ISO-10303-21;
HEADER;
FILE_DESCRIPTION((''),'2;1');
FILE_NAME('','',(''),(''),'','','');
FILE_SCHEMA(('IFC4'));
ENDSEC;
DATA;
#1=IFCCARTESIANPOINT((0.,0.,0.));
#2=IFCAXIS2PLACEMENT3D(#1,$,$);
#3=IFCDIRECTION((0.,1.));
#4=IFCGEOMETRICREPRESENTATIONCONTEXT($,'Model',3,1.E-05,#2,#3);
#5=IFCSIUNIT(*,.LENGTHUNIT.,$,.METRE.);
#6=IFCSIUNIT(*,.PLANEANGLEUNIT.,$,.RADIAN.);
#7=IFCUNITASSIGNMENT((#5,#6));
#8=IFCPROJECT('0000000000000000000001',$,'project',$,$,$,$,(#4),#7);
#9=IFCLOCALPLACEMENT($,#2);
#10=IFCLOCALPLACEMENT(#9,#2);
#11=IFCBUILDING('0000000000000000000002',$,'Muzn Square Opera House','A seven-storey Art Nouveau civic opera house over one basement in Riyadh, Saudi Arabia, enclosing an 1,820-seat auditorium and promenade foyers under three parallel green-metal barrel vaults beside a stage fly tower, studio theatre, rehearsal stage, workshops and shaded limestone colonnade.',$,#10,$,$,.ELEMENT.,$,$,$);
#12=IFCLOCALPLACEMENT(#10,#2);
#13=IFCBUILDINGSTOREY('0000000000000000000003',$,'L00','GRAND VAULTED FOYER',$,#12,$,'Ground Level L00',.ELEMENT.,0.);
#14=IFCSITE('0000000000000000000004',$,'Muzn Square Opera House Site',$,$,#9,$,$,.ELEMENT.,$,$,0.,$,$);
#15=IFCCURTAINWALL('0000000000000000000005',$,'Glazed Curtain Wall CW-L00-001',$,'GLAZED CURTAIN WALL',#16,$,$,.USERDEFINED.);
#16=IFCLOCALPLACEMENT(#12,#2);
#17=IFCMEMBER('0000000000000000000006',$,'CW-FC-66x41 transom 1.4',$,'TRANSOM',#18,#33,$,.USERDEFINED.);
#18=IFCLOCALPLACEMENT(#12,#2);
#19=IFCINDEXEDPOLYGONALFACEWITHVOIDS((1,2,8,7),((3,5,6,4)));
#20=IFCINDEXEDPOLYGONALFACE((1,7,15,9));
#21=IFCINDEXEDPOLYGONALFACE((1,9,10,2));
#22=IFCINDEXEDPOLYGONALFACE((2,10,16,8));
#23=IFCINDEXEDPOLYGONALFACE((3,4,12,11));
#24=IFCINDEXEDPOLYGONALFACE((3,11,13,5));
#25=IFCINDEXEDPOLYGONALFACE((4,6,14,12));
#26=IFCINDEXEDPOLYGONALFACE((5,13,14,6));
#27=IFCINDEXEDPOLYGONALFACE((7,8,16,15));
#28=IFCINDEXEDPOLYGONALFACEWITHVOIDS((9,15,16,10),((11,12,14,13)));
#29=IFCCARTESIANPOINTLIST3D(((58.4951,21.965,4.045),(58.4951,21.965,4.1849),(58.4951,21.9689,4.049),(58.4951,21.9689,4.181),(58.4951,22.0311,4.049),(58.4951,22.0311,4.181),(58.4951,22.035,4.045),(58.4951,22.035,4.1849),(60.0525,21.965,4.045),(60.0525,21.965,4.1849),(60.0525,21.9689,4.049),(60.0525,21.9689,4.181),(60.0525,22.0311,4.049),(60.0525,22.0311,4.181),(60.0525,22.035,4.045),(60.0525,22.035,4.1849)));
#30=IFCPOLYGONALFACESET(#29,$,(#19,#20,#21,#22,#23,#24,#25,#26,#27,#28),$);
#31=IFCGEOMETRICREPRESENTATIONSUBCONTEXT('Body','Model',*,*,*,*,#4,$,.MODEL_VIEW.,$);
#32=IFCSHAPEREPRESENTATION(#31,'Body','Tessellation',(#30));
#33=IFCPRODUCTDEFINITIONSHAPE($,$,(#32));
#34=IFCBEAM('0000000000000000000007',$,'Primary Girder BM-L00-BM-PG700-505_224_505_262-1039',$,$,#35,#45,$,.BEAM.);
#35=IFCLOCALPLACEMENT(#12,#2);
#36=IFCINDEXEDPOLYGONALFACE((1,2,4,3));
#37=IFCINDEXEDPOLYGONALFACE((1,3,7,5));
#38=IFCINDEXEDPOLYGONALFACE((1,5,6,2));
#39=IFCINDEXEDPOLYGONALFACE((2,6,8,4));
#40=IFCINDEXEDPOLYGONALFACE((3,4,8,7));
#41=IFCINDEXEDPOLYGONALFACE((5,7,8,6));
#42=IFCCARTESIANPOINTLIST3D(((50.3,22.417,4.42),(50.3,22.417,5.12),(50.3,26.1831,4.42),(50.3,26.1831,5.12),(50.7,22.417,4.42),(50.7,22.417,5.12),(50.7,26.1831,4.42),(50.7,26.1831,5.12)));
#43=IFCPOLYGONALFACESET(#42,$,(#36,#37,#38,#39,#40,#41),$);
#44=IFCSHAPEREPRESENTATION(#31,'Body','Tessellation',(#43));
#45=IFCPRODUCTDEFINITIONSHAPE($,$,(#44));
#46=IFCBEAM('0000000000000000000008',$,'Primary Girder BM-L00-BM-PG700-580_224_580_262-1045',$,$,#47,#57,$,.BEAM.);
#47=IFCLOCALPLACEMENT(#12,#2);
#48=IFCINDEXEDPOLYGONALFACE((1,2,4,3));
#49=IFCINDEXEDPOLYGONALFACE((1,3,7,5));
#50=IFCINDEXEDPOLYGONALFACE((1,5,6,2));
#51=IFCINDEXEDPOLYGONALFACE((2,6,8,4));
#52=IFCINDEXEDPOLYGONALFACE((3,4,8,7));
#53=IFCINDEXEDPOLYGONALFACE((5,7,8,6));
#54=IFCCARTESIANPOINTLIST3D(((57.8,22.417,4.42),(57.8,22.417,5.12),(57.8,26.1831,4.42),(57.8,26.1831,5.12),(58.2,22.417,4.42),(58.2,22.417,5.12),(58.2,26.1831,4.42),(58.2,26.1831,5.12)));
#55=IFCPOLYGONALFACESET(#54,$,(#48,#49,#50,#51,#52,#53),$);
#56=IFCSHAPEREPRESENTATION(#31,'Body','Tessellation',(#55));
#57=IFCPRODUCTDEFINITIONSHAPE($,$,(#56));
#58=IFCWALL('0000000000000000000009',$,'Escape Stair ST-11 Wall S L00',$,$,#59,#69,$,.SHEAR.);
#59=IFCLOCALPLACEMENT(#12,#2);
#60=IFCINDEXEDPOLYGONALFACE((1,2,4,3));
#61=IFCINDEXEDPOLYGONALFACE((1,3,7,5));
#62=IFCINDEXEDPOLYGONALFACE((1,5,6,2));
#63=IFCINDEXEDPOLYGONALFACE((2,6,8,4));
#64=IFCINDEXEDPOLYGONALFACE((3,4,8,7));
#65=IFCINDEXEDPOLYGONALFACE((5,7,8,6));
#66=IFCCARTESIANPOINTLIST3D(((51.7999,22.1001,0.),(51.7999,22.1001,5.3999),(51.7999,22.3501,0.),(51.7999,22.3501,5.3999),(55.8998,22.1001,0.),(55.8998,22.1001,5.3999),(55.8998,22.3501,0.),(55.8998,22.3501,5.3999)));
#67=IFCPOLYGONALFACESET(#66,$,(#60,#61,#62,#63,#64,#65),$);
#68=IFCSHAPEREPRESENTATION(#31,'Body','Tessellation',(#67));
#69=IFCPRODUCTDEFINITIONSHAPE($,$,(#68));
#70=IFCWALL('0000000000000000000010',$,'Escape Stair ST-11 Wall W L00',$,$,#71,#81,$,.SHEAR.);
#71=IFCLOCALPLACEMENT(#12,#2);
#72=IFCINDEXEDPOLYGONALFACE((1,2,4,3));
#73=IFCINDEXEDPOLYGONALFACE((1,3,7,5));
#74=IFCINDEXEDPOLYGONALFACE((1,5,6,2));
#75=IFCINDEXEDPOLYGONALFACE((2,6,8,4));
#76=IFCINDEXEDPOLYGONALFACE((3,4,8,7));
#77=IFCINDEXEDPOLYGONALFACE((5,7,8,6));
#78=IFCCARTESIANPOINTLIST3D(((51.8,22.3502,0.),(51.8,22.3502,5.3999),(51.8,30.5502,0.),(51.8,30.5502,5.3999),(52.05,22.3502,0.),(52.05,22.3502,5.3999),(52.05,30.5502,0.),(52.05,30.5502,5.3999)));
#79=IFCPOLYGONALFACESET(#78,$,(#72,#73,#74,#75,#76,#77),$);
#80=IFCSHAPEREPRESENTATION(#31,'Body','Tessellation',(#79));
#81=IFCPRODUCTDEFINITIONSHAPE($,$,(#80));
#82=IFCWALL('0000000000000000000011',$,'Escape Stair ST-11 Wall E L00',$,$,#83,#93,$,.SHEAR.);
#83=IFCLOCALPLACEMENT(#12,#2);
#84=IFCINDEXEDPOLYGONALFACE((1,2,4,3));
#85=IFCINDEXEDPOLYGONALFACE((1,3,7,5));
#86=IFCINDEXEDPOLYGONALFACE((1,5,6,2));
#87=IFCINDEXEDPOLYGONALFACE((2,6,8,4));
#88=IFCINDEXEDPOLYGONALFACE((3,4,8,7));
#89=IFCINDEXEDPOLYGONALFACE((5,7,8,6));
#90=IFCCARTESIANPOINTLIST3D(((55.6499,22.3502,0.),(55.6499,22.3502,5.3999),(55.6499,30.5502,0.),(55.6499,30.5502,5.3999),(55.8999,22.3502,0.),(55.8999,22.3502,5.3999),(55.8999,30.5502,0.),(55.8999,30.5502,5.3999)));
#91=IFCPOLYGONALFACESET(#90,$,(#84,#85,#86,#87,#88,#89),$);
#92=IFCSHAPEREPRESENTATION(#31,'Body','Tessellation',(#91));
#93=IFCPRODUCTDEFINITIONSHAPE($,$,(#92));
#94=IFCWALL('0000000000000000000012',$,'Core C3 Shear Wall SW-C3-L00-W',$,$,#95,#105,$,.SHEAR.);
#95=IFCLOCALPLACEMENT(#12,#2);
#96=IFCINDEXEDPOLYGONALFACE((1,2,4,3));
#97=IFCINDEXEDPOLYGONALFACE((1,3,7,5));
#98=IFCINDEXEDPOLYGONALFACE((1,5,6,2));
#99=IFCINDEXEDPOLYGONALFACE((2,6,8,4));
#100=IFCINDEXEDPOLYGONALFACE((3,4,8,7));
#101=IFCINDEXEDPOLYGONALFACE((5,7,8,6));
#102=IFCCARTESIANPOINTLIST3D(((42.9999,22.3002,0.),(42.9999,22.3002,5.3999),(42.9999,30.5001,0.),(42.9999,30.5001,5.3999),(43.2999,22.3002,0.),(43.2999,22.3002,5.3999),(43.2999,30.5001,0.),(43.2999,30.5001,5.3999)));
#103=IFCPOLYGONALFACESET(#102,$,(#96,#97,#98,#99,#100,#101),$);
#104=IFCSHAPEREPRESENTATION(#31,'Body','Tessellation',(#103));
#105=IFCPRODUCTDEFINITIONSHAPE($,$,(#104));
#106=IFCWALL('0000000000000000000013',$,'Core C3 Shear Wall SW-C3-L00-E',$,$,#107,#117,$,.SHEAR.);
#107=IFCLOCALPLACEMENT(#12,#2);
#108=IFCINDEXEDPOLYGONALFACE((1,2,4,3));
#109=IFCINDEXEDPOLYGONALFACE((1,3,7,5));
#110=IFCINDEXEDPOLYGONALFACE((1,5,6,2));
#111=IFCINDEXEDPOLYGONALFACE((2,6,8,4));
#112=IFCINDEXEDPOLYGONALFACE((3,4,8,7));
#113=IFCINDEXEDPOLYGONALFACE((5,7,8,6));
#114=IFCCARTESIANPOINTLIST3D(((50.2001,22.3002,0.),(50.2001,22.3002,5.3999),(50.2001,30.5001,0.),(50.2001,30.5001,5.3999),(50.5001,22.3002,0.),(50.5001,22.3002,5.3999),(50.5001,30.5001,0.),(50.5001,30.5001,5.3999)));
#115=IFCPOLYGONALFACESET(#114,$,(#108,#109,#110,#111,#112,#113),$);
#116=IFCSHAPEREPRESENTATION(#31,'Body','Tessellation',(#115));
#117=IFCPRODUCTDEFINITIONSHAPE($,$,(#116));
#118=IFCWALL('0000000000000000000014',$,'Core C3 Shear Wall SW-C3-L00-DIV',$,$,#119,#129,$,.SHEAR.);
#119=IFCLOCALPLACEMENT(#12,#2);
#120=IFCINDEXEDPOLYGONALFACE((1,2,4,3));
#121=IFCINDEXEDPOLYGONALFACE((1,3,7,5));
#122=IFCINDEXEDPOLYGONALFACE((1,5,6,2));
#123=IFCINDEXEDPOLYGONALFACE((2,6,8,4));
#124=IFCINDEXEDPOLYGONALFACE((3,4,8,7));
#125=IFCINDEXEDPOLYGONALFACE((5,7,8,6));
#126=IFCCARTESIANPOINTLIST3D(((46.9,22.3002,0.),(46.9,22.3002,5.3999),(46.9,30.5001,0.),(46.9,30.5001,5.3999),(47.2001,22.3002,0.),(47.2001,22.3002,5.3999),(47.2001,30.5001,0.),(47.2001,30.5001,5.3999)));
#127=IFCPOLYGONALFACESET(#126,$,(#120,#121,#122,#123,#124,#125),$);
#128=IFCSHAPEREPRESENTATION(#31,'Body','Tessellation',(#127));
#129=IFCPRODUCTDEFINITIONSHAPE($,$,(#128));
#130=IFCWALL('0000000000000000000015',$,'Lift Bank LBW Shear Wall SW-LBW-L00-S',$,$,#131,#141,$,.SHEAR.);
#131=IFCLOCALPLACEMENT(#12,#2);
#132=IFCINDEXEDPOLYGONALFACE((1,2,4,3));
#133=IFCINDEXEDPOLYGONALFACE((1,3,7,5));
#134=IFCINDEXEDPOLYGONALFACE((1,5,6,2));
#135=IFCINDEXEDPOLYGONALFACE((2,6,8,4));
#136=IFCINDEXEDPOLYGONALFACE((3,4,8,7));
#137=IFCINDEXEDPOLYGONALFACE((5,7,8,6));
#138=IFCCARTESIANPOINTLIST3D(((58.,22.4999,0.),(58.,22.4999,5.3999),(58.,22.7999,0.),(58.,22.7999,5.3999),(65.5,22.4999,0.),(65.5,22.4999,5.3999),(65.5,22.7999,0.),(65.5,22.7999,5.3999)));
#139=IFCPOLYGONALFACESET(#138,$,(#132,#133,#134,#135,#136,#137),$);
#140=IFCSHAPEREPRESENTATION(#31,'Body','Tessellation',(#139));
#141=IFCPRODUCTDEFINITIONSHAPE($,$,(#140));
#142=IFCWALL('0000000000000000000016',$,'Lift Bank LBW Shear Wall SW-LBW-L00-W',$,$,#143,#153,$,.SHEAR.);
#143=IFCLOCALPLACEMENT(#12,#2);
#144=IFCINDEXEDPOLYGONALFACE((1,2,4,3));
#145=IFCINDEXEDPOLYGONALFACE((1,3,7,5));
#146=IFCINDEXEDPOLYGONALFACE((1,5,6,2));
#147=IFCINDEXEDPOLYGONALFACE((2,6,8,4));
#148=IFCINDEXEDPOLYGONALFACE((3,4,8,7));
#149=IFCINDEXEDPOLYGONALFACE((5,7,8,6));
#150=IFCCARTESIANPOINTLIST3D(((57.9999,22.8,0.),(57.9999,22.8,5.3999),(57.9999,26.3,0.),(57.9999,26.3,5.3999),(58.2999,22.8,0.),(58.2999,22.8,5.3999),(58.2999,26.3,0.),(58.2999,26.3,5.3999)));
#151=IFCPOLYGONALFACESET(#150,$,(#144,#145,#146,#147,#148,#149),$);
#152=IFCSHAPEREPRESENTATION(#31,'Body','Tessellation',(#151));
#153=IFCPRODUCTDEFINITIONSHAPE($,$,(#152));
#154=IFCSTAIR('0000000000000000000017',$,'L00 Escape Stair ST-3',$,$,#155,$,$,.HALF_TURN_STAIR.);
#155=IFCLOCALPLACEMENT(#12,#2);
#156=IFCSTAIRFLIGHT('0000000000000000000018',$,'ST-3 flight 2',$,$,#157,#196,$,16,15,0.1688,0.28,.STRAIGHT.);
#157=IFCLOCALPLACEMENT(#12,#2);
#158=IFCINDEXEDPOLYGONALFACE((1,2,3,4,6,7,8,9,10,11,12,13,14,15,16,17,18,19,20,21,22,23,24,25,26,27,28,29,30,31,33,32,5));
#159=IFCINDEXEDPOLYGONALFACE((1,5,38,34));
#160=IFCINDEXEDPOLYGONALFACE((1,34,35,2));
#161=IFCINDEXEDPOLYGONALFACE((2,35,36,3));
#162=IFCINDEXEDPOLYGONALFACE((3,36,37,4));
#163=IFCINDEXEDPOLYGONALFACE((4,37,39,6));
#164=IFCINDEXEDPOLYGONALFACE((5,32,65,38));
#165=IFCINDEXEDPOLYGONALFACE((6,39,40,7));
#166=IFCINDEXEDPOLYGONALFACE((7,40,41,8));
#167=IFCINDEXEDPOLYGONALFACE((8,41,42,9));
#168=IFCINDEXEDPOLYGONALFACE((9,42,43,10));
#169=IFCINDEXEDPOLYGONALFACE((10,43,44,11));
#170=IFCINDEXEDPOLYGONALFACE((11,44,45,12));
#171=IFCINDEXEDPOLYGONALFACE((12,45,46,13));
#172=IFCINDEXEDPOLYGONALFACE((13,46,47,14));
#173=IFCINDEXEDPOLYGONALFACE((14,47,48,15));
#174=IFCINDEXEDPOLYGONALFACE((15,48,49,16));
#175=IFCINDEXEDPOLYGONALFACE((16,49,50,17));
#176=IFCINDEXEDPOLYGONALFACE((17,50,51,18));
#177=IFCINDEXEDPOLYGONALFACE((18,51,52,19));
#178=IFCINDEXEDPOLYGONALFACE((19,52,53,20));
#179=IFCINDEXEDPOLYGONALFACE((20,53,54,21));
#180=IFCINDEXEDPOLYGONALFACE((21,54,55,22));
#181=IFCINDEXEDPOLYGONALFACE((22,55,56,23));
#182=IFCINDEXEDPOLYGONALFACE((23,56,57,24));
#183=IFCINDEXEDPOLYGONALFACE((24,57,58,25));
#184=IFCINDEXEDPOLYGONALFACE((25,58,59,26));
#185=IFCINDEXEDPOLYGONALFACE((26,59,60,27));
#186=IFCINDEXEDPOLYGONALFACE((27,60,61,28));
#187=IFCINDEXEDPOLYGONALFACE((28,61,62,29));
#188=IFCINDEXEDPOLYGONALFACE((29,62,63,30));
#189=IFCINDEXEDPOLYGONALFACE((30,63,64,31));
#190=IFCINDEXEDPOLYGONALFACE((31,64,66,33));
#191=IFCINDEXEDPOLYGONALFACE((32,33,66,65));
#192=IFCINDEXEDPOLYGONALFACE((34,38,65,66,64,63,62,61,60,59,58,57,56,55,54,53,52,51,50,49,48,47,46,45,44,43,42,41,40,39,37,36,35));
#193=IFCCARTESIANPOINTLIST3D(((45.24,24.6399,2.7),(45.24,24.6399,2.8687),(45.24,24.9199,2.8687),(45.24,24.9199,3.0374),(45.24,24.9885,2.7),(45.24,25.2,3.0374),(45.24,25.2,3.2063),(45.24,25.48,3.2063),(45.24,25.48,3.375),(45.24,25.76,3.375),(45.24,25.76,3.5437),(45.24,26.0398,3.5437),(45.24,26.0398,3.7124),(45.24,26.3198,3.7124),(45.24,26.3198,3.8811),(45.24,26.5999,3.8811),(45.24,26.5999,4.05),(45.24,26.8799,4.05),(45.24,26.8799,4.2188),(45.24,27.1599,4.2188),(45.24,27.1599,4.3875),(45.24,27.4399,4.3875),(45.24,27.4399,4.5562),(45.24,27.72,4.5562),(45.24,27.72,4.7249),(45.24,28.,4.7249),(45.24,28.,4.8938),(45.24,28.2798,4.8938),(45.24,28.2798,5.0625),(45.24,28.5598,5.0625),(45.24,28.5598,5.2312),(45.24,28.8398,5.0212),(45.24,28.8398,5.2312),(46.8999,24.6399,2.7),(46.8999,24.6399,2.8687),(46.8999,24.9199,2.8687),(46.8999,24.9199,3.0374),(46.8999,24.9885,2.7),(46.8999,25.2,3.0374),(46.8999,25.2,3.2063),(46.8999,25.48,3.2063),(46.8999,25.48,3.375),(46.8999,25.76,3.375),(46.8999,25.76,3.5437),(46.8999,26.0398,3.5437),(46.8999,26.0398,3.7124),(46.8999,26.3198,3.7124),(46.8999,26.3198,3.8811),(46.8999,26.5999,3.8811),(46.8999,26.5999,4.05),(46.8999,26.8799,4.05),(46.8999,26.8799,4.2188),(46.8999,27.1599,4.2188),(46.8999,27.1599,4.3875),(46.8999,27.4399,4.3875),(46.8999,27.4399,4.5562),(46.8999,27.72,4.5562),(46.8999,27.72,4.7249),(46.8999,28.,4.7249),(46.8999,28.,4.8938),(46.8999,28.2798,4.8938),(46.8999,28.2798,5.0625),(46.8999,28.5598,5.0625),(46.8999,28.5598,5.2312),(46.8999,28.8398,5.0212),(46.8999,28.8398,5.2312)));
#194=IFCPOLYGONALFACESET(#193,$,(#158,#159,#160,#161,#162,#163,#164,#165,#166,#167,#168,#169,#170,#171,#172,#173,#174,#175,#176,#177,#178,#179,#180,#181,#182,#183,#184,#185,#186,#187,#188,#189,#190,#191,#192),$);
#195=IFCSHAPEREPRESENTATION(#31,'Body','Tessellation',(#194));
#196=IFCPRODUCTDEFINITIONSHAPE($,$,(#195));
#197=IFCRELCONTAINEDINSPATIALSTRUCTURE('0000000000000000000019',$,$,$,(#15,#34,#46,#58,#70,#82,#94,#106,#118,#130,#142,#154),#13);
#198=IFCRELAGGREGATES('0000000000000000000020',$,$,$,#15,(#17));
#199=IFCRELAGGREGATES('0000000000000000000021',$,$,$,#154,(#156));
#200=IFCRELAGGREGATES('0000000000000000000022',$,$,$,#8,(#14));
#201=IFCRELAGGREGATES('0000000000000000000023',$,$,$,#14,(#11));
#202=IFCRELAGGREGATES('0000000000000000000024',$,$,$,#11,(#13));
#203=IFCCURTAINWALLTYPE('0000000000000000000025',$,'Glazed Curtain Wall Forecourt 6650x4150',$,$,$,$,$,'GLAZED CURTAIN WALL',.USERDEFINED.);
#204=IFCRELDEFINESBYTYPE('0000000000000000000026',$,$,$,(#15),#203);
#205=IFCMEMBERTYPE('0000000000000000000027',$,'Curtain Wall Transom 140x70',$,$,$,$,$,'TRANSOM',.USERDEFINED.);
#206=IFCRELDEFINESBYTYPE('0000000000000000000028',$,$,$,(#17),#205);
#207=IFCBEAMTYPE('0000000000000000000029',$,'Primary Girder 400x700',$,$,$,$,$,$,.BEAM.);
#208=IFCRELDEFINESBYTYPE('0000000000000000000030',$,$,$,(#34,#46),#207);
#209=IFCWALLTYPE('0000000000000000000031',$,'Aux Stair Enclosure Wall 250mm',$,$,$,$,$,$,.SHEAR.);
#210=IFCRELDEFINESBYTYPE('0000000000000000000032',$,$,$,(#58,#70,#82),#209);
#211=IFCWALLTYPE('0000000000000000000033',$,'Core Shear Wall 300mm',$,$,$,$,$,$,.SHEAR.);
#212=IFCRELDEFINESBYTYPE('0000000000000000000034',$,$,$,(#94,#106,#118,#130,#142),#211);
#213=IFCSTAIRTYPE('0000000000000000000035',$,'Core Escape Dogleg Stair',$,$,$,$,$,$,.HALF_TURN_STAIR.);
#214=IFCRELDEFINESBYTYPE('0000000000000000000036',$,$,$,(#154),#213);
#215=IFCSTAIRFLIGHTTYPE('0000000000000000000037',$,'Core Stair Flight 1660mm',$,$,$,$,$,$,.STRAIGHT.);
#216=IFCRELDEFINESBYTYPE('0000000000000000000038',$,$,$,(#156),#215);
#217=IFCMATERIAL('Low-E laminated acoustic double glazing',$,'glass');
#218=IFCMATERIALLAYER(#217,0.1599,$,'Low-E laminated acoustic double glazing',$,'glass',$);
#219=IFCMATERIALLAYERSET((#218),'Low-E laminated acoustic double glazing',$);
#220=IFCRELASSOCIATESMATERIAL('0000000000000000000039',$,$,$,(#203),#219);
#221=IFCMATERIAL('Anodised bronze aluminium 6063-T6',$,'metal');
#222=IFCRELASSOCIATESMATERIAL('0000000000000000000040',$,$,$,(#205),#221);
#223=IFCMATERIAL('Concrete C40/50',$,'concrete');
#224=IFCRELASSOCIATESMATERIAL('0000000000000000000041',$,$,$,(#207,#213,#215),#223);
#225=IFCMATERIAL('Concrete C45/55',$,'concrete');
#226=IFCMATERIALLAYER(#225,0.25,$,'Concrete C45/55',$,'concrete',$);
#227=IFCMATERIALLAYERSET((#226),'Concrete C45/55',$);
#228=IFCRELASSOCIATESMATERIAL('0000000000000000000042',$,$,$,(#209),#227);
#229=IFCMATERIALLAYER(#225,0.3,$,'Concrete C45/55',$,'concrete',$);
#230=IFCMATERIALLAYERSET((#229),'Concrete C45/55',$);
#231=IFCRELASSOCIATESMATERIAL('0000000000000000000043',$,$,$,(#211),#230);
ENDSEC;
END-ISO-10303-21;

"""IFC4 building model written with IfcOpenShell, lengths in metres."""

from ifc_helpers import new_model, si_unit, direction, frame, frame_2d, origin, origin_2d, place, context, subcontext, project, spatial, polyline, rectangle, hollow_rectangle, outline, extrude, material, layer, layer_set, material_profile, profile_set, type_object, element, aggregate, save


model = new_model("IFC4")

# Units and contexts
model_context = context("Model", 3, precision=1e-05, world=origin(), true_north=direction((0.0, 1.0)))
body_context = subcontext(model_context, "Body", "Model", "MODEL_VIEW")
ifc_project = project(units=[si_unit("LENGTHUNIT", "METRE"), si_unit("PLANEANGLEUNIT", "RADIAN")], contexts=[model_context])

# Site, building, storey
site_placement = place(None, origin())
site = spatial("IfcSite", under=ifc_project, at=site_placement, Name="Muzn Square Opera House Site", CompositionType="ELEMENT", RefElevation=0.0)
building_placement = place(site_placement, origin())
building = spatial("IfcBuilding", under=site, at=building_placement, Name="Muzn Square Opera House", Description="A seven-storey Art Nouveau civic opera house over one basement in Riyadh, Saudi Arabia, enclosing an 1,820-seat auditorium and promenade foyers under three parallel green-metal barrel vaults beside a stage fly tower, studio theatre, rehearsal stage, workshops and shaded limestone colonnade.", CompositionType="ELEMENT")
storey_placement = place(building_placement, origin())
storey = spatial("IfcBuildingStorey", under=building, at=storey_placement, Name="L00", Description="GRAND VAULTED FOYER", LongName="Ground Level L00", CompositionType="ELEMENT", Elevation=0.0)

# Curtain wall, member
ifc_material_1 = material(Name="Low-E laminated acoustic double glazing", Category="glass")
ifc_layer_1 = layer(ifc_material_1, 0.1599, Name="Low-E laminated acoustic double glazing", Category="glass")
ifc_layer_set_1 = layer_set([ifc_layer_1], Name="Low-E laminated acoustic double glazing")
curtain_wall_type = type_object("IfcCurtainWallType", Name="Glazed Curtain Wall Forecourt 6650x4150", ElementType="GLAZED CURTAIN WALL", PredefinedType="USERDEFINED", material=ifc_layer_set_1)
curtain_wall_placement = place(storey_placement, origin())
curtain_wall = element("IfcCurtainWall", 1, at=curtain_wall_placement, inside=storey, type_object=curtain_wall_type, Name="Glazed Curtain Wall CW-L00-001", ObjectType="GLAZED CURTAIN WALL", PredefinedType="USERDEFINED")
ifc_material_2 = material(Name="Anodised bronze aluminium 6063-T6", Category="metal")
ifc_material_profile_1 = material_profile(ifc_material_2, hollow_rectangle(XDim=0.0701, YDim=0.1399, WallThickness=0.0039, at=origin_2d()), Name="ALU 140x70x4", Category="metal")
ifc_profile_set_1 = profile_set([ifc_material_profile_1], Name="Anodised bronze aluminium 6063-T6")
member_type = type_object("IfcMemberType", Name="Curtain Wall Transom 140x70", ElementType="TRANSOM", PredefinedType="USERDEFINED", material=ifc_profile_set_1)
member_placement = place(storey_placement, frame((58.4951, 22.0, 4.115), z_axis=(1.0, 0.0, 0.0), x_axis=(0.0, 1.0, 0.0)))
member = element("IfcMember", 2, at=member_placement, type_object=member_type, Name="CW-FC-66x41 transom 1.4", ObjectType="TRANSOM", PredefinedType="USERDEFINED", context=body_context, shape_type="SweptSolid", body=[
    extrude(hollow_rectangle(XDim=0.0701, YDim=0.1399, WallThickness=0.0039, at=origin_2d()), origin(), (0.0, 0.0, 1.0), 1.5574),
])
aggregate(curtain_wall, [member])

# Beams
ifc_material_3 = material(Name="Concrete C40/50", Category="concrete")
ifc_material_profile_2 = material_profile(ifc_material_3, rectangle(XDim=0.3999, YDim=0.7, at=origin_2d()), Name="RCB 400x700", Category="concrete")
ifc_profile_set_2 = profile_set([ifc_material_profile_2], Name="Concrete C40/50")
beam_type = type_object("IfcBeamType", Name="Primary Girder 400x700", PredefinedType="BEAM", material=ifc_profile_set_2)
for number, where, z_axis, x_axis, name in (
    (3, (50.5, 22.417, 4.77), (0.0, 1.0, 0.0), (-1.0, 0.0, 0.0), "Primary Girder BM-L00-BM-PG700-505_224_505_262-1039"),
    (4, (58.0, 22.417, 4.77), (0.0, 1.0, 0.0), (-1.0, 0.0, 0.0), "Primary Girder BM-L00-BM-PG700-580_224_580_262-1045"),
):
    element("IfcBeam", number, at=place(storey_placement, frame(where, z_axis=z_axis, x_axis=x_axis)), inside=storey, type_object=beam_type, Name=name, PredefinedType="BEAM", context=body_context, shape_type="SweptSolid", body=[
        extrude(rectangle(XDim=0.3999, YDim=0.7, at=origin_2d()), origin(), (0.0, 0.0, 1.0), 3.7661),
    ])

# Walls
ifc_material_4 = material(Name="Concrete C45/55", Category="concrete")
ifc_layer_2 = layer(ifc_material_4, 0.25, Name="Concrete C45/55", Category="concrete")
ifc_layer_set_2 = layer_set([ifc_layer_2], Name="Concrete C45/55")
wall_type_1 = type_object("IfcWallType", Name="Aux Stair Enclosure Wall 250mm", PredefinedType="SHEAR", material=ifc_layer_set_2)
wall_1_placement = place(storey_placement, frame((51.8, 22.2251, 0.0), z_axis=(0.0, 0.0, 1.0), x_axis=(1.0, 0.0, 0.0)))
element("IfcWall", 5, at=wall_1_placement, inside=storey, type_object=wall_type_1, Name="Escape Stair ST-11 Wall S L00", PredefinedType="SHEAR", context=body_context, shape_type="SweptSolid", body=[
    extrude(rectangle(XDim=4.0999, YDim=0.25, at=frame_2d((2.0498, 0.0))), origin(), (0.0, 0.0, 1.0), 5.3999),
])
for number, where, z_axis, x_axis, name in (
    (6, (51.925, 22.3501, 0.0), (0.0, 0.0, 1.0), (0.0, 1.0, 0.0), "Escape Stair ST-11 Wall W L00"),
    (7, (55.7749, 22.3501, 0.0), (0.0, 0.0, 1.0), (0.0, 1.0, 0.0), "Escape Stair ST-11 Wall E L00"),
):
    element("IfcWall", number, at=place(storey_placement, frame(where, z_axis=z_axis, x_axis=x_axis)), inside=storey, type_object=wall_type_1, Name=name, PredefinedType="SHEAR", context=body_context, shape_type="SweptSolid", body=[
        extrude(rectangle(XDim=8.2, YDim=0.25, at=frame_2d((4.1001, 0.0))), origin(), (0.0, 0.0, 1.0), 5.3999),
    ])
ifc_layer_3 = layer(ifc_material_4, 0.3, Name="Concrete C45/55", Category="concrete")
ifc_layer_set_3 = layer_set([ifc_layer_3], Name="Concrete C45/55")
wall_type_2 = type_object("IfcWallType", Name="Core Shear Wall 300mm", PredefinedType="SHEAR", material=ifc_layer_set_3)
for number, where, z_axis, x_axis, name in (
    (8, (43.1499, 22.3, 0.0), (0.0, 0.0, 1.0), (0.0, 1.0, 0.0), "Core C3 Shear Wall SW-C3-L00-W"),
    (9, (50.3501, 22.3, 0.0), (0.0, 0.0, 1.0), (0.0, 1.0, 0.0), "Core C3 Shear Wall SW-C3-L00-E"),
    (10, (47.05, 22.3, 0.0), (0.0, 0.0, 1.0), (0.0, 1.0, 0.0), "Core C3 Shear Wall SW-C3-L00-DIV"),
):
    element("IfcWall", number, at=place(storey_placement, frame(where, z_axis=z_axis, x_axis=x_axis)), inside=storey, type_object=wall_type_2, Name=name, PredefinedType="SHEAR", context=body_context, shape_type="SweptSolid", body=[
        extrude(rectangle(XDim=8.2, YDim=0.3, at=frame_2d((4.1001, 0.0))), origin(), (0.0, 0.0, 1.0), 5.3999),
    ])
wall_2_placement = place(storey_placement, frame((58.0, 22.6499, 0.0), z_axis=(0.0, 0.0, 1.0), x_axis=(1.0, 0.0, 0.0)))
element("IfcWall", 11, at=wall_2_placement, inside=storey, type_object=wall_type_2, Name="Lift Bank LBW Shear Wall SW-LBW-L00-S", PredefinedType="SHEAR", context=body_context, shape_type="SweptSolid", body=[
    extrude(rectangle(XDim=7.5, YDim=0.3, at=frame_2d((3.75, 0.0))), origin(), (0.0, 0.0, 1.0), 5.3999),
])
wall_3_placement = place(storey_placement, frame((58.1499, 22.8, 0.0), z_axis=(0.0, 0.0, 1.0), x_axis=(0.0, 1.0, 0.0)))
element("IfcWall", 12, at=wall_3_placement, inside=storey, type_object=wall_type_2, Name="Lift Bank LBW Shear Wall SW-LBW-L00-W", PredefinedType="SHEAR", context=body_context, shape_type="SweptSolid", body=[
    extrude(rectangle(XDim=3.5, YDim=0.3, at=frame_2d((1.75, 0.0))), origin(), (0.0, 0.0, 1.0), 5.3999),
])

# Stair, stair flight
stair_type = type_object("IfcStairType", Name="Core Escape Dogleg Stair", PredefinedType="HALF_TURN_STAIR", material=ifc_material_3)
stair_1_placement = place(storey_placement, origin())
stair_1 = element("IfcStair", 13, at=stair_1_placement, inside=storey, type_object=stair_type, Name="L00 Escape Stair ST-3", PredefinedType="HALF_TURN_STAIR")
stair_flight_type = type_object("IfcStairFlightType", Name="Core Stair Flight 1660mm", PredefinedType="STRAIGHT", material=ifc_material_3)
stair_flight_1_placement = place(storey_placement, frame((46.0701, 24.6399, 2.7), z_axis=(0.0, 0.0, 1.0), x_axis=(0.0, 1.0, 0.0)))
stair_flight_1 = element("IfcStairFlight", 14, at=stair_flight_1_placement, type_object=stair_flight_type, Name="ST-3 flight 2", NumberOfRisers=16, NumberOfTreads=15, PredefinedType="STRAIGHT", RiserHeight=0.1688, TreadLength=0.28, context=body_context, shape_type="SweptSolid", body=[
    extrude(outline(polyline([(0.0, 0.0), (0.0, 0.1687), (0.28, 0.1687), (0.28, 0.3374), (0.5601, 0.3374), (0.5601, 0.5063), (0.8401, 0.5063), (0.8401, 0.675), (1.1201, 0.675), (1.1201, 0.8438), (1.3999, 0.8438), (1.3999, 1.0125), (1.6799, 1.0125), (1.6799, 1.1812), (1.96, 1.1812), (1.96, 1.3501), (2.24, 1.3501), (2.24, 1.5188), (2.52, 1.5188), (2.52, 1.6875), (2.8, 1.6875), (2.8, 1.8562), (3.0801, 1.8562), (3.0801, 2.0249), (3.3601, 2.0249), (3.3601, 2.1938), (3.6399, 2.1938), (3.6399, 2.3625), (3.9199, 2.3625), (3.9199, 2.5312), (4.2, 2.5312), (4.2, 2.7), (4.2, 2.3213), (0.3486, 0.0), (0.0, 0.0)])), frame((0.0, 0.8301, 0.0), z_axis=(0.0, -1.0, 0.0), x_axis=(1.0, 0.0, 0.0)), (0.0, 0.0, 1.0), 1.6599),
])
aggregate(stair_1, [stair_flight_1])

save(model, "model.ifc")
